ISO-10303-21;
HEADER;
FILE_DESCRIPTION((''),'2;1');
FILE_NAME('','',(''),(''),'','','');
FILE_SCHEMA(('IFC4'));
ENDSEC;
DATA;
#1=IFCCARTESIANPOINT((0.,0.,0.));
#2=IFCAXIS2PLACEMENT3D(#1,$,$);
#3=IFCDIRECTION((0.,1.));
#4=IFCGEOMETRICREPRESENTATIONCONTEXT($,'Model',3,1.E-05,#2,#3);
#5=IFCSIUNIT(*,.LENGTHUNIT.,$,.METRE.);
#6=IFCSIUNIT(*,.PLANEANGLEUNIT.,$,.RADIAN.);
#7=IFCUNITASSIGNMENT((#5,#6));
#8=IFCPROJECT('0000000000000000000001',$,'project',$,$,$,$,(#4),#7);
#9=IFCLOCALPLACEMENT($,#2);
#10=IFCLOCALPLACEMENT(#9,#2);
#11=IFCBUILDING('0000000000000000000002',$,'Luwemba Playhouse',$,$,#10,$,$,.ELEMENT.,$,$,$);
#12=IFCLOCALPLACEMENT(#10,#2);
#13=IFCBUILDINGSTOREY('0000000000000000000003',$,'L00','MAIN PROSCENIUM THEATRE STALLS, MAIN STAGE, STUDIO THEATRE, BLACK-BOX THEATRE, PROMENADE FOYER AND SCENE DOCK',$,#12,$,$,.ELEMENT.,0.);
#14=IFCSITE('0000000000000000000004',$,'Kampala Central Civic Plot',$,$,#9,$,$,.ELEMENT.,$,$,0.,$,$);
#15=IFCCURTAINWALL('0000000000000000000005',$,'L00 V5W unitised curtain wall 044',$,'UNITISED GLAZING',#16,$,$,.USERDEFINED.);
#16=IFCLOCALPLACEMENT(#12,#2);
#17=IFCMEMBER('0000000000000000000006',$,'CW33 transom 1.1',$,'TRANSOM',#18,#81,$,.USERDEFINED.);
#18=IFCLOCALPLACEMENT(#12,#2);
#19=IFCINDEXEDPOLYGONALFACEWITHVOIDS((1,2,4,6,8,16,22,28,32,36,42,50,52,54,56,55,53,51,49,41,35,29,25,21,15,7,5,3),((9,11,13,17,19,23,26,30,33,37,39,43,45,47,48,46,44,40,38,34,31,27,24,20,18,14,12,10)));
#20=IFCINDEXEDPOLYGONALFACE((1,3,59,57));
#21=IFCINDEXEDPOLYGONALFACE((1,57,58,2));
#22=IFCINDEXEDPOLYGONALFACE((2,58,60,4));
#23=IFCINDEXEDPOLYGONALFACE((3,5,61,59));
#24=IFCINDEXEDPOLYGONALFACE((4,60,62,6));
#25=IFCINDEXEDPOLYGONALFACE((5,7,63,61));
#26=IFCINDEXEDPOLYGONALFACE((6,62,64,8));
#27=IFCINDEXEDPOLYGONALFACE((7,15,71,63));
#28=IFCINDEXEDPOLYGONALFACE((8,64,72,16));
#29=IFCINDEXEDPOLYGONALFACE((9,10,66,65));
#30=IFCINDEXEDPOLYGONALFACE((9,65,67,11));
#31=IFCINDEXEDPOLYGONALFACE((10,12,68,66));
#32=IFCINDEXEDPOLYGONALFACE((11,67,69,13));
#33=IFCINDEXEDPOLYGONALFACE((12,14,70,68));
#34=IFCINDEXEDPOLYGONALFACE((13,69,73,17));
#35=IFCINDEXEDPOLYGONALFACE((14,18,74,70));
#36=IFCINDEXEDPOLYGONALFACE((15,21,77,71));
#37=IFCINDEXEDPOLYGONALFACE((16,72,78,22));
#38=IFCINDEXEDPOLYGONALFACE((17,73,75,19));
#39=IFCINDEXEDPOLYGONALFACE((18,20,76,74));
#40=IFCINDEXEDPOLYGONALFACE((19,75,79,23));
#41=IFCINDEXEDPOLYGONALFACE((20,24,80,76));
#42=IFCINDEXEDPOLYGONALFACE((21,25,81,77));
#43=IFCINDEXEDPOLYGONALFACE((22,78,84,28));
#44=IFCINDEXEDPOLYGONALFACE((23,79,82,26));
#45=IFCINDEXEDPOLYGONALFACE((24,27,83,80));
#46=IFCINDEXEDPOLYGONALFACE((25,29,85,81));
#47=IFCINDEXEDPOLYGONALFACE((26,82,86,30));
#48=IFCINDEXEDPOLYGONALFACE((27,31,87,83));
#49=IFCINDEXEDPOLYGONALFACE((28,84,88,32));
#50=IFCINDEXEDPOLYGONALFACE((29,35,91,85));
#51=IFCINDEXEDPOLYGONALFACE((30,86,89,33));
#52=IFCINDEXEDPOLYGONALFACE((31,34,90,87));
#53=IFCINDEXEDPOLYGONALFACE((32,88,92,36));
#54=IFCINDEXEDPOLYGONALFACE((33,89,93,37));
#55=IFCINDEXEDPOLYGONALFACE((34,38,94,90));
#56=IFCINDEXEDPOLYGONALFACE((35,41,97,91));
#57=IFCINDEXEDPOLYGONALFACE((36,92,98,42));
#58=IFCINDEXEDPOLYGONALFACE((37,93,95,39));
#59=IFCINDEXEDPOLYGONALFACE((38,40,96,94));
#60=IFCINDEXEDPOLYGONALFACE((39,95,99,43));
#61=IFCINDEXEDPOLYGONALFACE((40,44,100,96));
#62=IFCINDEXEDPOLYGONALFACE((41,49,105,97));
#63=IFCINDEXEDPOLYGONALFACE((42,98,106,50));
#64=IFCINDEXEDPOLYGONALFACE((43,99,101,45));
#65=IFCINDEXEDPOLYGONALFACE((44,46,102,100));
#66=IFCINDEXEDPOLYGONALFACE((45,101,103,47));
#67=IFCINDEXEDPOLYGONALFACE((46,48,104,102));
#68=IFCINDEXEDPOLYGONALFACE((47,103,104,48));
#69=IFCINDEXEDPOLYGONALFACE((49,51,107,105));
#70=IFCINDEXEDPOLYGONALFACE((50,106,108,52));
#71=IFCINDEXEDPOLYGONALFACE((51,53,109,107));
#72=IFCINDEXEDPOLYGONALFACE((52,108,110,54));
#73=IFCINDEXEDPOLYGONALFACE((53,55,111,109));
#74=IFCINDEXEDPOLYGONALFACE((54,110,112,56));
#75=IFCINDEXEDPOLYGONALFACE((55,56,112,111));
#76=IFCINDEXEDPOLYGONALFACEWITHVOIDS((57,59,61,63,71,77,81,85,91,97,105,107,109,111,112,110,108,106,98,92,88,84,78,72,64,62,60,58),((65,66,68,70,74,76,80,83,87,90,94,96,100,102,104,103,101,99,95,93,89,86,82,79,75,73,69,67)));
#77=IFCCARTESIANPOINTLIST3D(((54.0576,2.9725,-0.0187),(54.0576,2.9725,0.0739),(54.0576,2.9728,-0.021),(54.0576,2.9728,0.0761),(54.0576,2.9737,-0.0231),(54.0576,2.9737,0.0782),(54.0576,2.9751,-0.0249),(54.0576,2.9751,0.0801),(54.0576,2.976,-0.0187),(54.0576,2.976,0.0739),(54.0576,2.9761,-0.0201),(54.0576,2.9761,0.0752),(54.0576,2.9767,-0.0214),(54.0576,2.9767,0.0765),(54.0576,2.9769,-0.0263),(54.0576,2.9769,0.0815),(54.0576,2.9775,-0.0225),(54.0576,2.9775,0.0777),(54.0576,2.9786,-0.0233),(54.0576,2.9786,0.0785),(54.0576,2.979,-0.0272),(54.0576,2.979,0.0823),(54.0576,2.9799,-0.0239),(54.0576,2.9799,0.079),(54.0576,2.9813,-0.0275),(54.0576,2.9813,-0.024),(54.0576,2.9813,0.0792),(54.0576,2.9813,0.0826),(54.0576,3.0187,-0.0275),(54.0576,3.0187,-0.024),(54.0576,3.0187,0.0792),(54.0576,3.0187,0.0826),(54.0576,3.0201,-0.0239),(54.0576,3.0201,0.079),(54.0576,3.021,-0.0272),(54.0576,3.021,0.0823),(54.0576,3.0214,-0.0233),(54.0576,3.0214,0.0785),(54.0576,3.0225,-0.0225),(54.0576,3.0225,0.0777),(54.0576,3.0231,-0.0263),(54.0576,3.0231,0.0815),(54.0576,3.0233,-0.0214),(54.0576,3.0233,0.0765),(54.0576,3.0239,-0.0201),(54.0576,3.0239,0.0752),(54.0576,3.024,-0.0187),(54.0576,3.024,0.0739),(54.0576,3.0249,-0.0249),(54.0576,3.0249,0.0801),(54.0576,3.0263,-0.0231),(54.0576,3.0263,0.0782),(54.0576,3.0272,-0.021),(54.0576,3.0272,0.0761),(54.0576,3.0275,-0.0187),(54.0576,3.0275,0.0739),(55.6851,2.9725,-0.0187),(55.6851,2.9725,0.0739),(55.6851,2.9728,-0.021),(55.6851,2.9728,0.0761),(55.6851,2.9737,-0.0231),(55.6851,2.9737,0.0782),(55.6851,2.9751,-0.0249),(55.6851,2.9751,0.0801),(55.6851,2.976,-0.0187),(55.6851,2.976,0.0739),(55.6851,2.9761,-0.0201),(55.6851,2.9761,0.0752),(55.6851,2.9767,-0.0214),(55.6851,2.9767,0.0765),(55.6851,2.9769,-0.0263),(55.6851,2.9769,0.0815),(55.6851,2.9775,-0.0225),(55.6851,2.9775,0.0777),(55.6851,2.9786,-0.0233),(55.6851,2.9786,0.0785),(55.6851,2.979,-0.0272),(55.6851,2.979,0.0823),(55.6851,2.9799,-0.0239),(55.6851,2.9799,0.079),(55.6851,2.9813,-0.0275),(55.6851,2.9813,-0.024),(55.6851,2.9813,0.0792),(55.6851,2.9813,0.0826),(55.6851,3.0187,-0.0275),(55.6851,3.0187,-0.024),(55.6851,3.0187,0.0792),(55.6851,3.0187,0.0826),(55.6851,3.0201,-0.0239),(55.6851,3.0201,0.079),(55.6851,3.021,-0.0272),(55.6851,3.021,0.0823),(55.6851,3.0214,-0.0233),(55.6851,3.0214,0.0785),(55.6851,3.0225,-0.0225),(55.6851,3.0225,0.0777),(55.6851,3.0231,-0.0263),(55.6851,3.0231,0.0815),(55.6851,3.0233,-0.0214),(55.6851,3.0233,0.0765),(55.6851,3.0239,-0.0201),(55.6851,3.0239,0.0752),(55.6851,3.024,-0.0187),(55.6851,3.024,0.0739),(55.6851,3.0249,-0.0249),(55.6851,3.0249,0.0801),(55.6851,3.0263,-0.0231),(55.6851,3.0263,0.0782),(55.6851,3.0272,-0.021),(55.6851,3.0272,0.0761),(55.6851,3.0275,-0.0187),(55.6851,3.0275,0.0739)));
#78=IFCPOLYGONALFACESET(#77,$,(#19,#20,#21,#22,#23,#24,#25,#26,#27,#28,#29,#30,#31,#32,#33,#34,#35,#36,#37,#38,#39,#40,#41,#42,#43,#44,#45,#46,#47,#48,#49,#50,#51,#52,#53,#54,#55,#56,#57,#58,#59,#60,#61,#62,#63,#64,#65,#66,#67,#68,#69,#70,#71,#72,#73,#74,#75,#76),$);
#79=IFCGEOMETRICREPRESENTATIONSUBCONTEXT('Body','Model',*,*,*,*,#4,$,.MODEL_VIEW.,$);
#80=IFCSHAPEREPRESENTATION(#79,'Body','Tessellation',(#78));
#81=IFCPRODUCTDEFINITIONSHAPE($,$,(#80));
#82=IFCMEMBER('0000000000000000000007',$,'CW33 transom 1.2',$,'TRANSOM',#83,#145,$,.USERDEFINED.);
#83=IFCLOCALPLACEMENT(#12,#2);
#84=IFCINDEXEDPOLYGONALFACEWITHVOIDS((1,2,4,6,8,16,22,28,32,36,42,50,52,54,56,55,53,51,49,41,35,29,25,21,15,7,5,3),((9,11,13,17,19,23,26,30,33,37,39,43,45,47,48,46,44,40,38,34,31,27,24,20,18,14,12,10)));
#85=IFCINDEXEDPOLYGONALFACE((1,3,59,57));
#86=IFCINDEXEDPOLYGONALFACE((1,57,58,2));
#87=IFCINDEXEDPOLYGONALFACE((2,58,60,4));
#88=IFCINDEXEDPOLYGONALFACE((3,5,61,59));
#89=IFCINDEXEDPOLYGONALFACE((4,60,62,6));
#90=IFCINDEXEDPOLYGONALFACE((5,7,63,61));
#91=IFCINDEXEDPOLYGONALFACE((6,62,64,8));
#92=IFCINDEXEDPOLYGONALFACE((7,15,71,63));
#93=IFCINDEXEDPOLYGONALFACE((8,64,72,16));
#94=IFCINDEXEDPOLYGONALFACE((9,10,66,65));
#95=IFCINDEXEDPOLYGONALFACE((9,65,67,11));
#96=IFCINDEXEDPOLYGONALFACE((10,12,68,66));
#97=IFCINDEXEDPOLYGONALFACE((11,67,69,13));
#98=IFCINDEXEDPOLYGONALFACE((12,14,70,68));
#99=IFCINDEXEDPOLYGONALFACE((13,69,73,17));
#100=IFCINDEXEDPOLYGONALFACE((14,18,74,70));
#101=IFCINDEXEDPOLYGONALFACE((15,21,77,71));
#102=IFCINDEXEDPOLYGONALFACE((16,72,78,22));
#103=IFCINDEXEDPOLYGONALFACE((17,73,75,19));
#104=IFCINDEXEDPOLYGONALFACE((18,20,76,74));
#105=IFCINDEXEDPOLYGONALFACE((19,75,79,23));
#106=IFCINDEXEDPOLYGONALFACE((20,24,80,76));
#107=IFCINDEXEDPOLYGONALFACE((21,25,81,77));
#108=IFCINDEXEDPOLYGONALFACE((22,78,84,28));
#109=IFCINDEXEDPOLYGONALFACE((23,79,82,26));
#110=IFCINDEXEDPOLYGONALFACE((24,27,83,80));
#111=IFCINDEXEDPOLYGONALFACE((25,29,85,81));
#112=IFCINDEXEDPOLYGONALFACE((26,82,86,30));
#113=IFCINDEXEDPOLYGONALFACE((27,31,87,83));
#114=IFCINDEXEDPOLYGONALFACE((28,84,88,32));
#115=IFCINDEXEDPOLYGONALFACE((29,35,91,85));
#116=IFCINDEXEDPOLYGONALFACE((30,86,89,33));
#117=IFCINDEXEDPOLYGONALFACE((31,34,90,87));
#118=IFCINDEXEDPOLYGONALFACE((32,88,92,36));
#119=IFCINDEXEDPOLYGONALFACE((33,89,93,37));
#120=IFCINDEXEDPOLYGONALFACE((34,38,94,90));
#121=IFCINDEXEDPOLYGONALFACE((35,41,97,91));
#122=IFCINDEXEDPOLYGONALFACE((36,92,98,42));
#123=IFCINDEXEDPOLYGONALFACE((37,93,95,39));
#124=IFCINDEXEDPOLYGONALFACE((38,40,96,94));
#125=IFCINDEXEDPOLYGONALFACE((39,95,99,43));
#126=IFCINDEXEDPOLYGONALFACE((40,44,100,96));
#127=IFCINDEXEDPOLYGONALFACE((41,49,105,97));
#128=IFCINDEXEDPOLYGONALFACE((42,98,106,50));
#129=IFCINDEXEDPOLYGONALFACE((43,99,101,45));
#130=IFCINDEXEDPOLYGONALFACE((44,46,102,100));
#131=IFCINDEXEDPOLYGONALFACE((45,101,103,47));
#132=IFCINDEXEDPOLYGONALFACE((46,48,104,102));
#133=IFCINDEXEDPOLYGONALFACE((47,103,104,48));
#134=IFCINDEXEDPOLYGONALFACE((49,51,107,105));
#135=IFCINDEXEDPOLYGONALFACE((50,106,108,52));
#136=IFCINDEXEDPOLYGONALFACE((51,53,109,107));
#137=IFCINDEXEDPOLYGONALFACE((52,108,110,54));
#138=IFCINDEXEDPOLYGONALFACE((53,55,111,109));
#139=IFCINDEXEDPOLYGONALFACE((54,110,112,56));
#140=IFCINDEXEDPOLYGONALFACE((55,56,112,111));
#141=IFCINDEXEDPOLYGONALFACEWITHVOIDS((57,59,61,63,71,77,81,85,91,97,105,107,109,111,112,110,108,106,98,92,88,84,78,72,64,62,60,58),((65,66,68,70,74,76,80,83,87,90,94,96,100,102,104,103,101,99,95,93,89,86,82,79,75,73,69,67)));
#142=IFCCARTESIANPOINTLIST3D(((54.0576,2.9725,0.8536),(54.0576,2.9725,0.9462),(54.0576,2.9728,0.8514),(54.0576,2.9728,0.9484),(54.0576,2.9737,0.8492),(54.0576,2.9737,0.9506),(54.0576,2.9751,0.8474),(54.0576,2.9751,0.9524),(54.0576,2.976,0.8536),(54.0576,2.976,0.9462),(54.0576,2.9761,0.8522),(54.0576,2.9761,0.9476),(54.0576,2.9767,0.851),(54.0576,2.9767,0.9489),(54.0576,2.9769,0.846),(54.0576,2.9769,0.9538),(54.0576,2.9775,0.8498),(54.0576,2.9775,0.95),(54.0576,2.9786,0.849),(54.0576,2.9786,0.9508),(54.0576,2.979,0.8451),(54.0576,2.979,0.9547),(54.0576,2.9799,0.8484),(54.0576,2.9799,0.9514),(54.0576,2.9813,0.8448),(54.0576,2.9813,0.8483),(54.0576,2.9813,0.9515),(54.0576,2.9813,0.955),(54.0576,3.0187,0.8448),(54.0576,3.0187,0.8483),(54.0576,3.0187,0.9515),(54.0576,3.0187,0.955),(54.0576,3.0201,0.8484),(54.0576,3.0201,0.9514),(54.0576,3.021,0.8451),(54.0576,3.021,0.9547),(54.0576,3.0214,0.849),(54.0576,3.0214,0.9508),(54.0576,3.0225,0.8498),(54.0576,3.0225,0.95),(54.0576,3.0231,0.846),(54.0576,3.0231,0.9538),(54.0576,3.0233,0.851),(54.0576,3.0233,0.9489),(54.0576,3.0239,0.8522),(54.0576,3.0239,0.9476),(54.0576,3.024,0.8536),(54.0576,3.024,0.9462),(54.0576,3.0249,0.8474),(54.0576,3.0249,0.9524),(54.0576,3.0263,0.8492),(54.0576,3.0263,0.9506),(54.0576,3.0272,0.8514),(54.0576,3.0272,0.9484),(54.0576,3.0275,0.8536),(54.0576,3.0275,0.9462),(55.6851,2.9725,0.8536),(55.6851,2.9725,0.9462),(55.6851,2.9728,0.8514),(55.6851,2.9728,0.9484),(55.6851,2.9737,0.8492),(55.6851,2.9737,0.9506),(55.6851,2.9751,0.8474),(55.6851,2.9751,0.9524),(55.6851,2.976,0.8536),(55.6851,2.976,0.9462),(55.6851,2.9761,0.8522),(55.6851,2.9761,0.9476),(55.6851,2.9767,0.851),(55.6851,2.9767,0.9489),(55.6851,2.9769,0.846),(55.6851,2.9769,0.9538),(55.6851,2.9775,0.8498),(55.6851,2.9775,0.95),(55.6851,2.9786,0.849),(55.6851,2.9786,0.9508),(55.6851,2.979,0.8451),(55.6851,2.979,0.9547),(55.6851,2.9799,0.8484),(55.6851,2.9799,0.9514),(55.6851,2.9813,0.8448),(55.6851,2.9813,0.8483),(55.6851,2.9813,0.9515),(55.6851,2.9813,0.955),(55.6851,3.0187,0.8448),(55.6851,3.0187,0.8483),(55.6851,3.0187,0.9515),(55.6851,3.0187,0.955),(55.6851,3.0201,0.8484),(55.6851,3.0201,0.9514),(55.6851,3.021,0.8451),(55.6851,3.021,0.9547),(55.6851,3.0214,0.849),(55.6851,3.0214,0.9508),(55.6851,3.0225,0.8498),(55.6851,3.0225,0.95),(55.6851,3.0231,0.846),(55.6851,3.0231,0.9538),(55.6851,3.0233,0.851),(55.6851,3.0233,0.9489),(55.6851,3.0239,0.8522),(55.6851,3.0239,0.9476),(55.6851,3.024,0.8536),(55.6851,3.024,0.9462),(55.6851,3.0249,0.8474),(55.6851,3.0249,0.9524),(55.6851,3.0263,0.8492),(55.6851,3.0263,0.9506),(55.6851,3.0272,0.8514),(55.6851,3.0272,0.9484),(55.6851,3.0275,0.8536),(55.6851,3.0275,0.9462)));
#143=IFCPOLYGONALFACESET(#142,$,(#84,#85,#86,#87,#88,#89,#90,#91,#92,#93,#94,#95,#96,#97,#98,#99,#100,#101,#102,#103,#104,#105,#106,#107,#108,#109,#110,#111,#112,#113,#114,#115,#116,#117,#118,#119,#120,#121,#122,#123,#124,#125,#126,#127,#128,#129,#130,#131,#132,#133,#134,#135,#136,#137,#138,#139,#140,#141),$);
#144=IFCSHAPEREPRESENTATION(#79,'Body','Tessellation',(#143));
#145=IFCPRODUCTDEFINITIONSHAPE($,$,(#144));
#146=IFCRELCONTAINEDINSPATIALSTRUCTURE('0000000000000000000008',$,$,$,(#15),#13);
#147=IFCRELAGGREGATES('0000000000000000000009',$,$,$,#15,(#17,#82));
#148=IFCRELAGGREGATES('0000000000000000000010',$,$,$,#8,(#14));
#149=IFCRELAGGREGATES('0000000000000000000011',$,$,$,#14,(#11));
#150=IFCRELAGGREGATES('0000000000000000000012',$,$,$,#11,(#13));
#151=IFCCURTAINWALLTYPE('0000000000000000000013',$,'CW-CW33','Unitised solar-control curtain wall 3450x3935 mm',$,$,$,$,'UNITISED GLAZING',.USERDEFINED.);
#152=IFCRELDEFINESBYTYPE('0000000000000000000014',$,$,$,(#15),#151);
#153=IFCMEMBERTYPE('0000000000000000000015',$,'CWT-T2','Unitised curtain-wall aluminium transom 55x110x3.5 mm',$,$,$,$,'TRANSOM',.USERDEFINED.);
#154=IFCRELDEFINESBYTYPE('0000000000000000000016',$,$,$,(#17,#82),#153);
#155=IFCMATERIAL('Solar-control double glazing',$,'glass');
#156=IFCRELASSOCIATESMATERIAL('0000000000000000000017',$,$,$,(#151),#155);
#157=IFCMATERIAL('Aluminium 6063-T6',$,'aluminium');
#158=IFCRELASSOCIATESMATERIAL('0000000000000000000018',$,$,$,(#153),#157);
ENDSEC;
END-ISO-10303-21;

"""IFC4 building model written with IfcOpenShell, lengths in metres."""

from ifc_helpers import new_model, si_unit, direction, frame, origin, origin_2d, place, context, subcontext, project, spatial, hollow_rectangle, extrude, material, material_profile, profile_set, type_object, element, aggregate, save


model = new_model("IFC4")

# Units and contexts
model_context = context("Model", 3, precision=1e-05, world=origin(), true_north=direction((0.0, 1.0)))
body_context = subcontext(model_context, "Body", "Model", "MODEL_VIEW")
ifc_project = project(units=[si_unit("LENGTHUNIT", "METRE"), si_unit("PLANEANGLEUNIT", "RADIAN")], contexts=[model_context])

# Site, building, storey
site_placement = place(None, origin())
site = spatial("IfcSite", under=ifc_project, at=site_placement, Name="Kampala Central Civic Plot", CompositionType="ELEMENT", RefElevation=0.0)
building_placement = place(site_placement, origin())
building = spatial("IfcBuilding", under=site, at=building_placement, Name="Luwemba Playhouse", CompositionType="ELEMENT")
storey_placement = place(building_placement, origin())
storey = spatial("IfcBuildingStorey", under=building, at=storey_placement, Name="L00", Description="MAIN PROSCENIUM THEATRE STALLS, MAIN STAGE, STUDIO THEATRE, BLACK-BOX THEATRE, PROMENADE FOYER AND SCENE DOCK", CompositionType="ELEMENT", Elevation=0.0)

# Shared definitions
ifc_material_1 = material(Name="Solar-control double glazing", Category="glass")
ifc_material_2 = material(Name="Aluminium 6063-T6", Category="aluminium")

# Curtain wall
curtain_wall_type_1 = type_object("IfcCurtainWallType", Name="CW-CW33", Description="Unitised solar-control curtain wall 3450x3935 mm", ElementType="UNITISED GLAZING", PredefinedType="USERDEFINED", material=ifc_material_1)
curtain_wall_1_placement = place(storey_placement, origin())
curtain_wall_1 = element("IfcCurtainWall", 1, at=curtain_wall_1_placement, inside=storey, type_object=curtain_wall_type_1, Name="L00 V5W unitised curtain wall 044", ObjectType="UNITISED GLAZING", PredefinedType="USERDEFINED")

# Members
ifc_material_profile_1 = material_profile(ifc_material_2, hollow_rectangle(XDim=0.0549, YDim=0.1101, WallThickness=0.0034, InnerFilletRadius=0.0054, OuterFilletRadius=0.0088, at=origin_2d()))
ifc_profile_set_1 = profile_set([ifc_material_profile_1], Name="Aluminium 6063-T6")
member_type_1 = type_object("IfcMemberType", Name="CWT-T2", Description="Unitised curtain-wall aluminium transom 55x110x3.5 mm", ElementType="TRANSOM", PredefinedType="USERDEFINED", material=ifc_profile_set_1)
member_1_placement = place(storey_placement, frame((55.6851, 3.0, 0.0276), z_axis=(-1.0, 0.0, 0.0), x_axis=(0.0, -1.0, 0.0)))
member_1 = element("IfcMember", 2, at=member_1_placement, type_object=member_type_1, Name="CW33 transom 1.1", ObjectType="TRANSOM", PredefinedType="USERDEFINED", context=body_context, shape_type="SweptSolid", body=[
    extrude(hollow_rectangle(XDim=0.0549, YDim=0.1101, WallThickness=0.0034, InnerFilletRadius=0.0054, OuterFilletRadius=0.0088, at=origin_2d()), origin(), (0.0, 0.0, 1.0), 1.6274),
])
member_2_placement = place(storey_placement, frame((55.6851, 3.0, 0.8999), z_axis=(-1.0, 0.0, 0.0), x_axis=(0.0, -1.0, 0.0)))
member_2 = element("IfcMember", 3, at=member_2_placement, type_object=member_type_1, Name="CW33 transom 1.2", ObjectType="TRANSOM", PredefinedType="USERDEFINED", context=body_context, shape_type="SweptSolid", body=[
    extrude(hollow_rectangle(XDim=0.0549, YDim=0.1101, WallThickness=0.0034, InnerFilletRadius=0.0054, OuterFilletRadius=0.0088, at=origin_2d()), origin(), (0.0, 0.0, 1.0), 1.6274),
])

aggregate(curtain_wall_1, [member_1, member_2])

save(model, "model.ifc")
